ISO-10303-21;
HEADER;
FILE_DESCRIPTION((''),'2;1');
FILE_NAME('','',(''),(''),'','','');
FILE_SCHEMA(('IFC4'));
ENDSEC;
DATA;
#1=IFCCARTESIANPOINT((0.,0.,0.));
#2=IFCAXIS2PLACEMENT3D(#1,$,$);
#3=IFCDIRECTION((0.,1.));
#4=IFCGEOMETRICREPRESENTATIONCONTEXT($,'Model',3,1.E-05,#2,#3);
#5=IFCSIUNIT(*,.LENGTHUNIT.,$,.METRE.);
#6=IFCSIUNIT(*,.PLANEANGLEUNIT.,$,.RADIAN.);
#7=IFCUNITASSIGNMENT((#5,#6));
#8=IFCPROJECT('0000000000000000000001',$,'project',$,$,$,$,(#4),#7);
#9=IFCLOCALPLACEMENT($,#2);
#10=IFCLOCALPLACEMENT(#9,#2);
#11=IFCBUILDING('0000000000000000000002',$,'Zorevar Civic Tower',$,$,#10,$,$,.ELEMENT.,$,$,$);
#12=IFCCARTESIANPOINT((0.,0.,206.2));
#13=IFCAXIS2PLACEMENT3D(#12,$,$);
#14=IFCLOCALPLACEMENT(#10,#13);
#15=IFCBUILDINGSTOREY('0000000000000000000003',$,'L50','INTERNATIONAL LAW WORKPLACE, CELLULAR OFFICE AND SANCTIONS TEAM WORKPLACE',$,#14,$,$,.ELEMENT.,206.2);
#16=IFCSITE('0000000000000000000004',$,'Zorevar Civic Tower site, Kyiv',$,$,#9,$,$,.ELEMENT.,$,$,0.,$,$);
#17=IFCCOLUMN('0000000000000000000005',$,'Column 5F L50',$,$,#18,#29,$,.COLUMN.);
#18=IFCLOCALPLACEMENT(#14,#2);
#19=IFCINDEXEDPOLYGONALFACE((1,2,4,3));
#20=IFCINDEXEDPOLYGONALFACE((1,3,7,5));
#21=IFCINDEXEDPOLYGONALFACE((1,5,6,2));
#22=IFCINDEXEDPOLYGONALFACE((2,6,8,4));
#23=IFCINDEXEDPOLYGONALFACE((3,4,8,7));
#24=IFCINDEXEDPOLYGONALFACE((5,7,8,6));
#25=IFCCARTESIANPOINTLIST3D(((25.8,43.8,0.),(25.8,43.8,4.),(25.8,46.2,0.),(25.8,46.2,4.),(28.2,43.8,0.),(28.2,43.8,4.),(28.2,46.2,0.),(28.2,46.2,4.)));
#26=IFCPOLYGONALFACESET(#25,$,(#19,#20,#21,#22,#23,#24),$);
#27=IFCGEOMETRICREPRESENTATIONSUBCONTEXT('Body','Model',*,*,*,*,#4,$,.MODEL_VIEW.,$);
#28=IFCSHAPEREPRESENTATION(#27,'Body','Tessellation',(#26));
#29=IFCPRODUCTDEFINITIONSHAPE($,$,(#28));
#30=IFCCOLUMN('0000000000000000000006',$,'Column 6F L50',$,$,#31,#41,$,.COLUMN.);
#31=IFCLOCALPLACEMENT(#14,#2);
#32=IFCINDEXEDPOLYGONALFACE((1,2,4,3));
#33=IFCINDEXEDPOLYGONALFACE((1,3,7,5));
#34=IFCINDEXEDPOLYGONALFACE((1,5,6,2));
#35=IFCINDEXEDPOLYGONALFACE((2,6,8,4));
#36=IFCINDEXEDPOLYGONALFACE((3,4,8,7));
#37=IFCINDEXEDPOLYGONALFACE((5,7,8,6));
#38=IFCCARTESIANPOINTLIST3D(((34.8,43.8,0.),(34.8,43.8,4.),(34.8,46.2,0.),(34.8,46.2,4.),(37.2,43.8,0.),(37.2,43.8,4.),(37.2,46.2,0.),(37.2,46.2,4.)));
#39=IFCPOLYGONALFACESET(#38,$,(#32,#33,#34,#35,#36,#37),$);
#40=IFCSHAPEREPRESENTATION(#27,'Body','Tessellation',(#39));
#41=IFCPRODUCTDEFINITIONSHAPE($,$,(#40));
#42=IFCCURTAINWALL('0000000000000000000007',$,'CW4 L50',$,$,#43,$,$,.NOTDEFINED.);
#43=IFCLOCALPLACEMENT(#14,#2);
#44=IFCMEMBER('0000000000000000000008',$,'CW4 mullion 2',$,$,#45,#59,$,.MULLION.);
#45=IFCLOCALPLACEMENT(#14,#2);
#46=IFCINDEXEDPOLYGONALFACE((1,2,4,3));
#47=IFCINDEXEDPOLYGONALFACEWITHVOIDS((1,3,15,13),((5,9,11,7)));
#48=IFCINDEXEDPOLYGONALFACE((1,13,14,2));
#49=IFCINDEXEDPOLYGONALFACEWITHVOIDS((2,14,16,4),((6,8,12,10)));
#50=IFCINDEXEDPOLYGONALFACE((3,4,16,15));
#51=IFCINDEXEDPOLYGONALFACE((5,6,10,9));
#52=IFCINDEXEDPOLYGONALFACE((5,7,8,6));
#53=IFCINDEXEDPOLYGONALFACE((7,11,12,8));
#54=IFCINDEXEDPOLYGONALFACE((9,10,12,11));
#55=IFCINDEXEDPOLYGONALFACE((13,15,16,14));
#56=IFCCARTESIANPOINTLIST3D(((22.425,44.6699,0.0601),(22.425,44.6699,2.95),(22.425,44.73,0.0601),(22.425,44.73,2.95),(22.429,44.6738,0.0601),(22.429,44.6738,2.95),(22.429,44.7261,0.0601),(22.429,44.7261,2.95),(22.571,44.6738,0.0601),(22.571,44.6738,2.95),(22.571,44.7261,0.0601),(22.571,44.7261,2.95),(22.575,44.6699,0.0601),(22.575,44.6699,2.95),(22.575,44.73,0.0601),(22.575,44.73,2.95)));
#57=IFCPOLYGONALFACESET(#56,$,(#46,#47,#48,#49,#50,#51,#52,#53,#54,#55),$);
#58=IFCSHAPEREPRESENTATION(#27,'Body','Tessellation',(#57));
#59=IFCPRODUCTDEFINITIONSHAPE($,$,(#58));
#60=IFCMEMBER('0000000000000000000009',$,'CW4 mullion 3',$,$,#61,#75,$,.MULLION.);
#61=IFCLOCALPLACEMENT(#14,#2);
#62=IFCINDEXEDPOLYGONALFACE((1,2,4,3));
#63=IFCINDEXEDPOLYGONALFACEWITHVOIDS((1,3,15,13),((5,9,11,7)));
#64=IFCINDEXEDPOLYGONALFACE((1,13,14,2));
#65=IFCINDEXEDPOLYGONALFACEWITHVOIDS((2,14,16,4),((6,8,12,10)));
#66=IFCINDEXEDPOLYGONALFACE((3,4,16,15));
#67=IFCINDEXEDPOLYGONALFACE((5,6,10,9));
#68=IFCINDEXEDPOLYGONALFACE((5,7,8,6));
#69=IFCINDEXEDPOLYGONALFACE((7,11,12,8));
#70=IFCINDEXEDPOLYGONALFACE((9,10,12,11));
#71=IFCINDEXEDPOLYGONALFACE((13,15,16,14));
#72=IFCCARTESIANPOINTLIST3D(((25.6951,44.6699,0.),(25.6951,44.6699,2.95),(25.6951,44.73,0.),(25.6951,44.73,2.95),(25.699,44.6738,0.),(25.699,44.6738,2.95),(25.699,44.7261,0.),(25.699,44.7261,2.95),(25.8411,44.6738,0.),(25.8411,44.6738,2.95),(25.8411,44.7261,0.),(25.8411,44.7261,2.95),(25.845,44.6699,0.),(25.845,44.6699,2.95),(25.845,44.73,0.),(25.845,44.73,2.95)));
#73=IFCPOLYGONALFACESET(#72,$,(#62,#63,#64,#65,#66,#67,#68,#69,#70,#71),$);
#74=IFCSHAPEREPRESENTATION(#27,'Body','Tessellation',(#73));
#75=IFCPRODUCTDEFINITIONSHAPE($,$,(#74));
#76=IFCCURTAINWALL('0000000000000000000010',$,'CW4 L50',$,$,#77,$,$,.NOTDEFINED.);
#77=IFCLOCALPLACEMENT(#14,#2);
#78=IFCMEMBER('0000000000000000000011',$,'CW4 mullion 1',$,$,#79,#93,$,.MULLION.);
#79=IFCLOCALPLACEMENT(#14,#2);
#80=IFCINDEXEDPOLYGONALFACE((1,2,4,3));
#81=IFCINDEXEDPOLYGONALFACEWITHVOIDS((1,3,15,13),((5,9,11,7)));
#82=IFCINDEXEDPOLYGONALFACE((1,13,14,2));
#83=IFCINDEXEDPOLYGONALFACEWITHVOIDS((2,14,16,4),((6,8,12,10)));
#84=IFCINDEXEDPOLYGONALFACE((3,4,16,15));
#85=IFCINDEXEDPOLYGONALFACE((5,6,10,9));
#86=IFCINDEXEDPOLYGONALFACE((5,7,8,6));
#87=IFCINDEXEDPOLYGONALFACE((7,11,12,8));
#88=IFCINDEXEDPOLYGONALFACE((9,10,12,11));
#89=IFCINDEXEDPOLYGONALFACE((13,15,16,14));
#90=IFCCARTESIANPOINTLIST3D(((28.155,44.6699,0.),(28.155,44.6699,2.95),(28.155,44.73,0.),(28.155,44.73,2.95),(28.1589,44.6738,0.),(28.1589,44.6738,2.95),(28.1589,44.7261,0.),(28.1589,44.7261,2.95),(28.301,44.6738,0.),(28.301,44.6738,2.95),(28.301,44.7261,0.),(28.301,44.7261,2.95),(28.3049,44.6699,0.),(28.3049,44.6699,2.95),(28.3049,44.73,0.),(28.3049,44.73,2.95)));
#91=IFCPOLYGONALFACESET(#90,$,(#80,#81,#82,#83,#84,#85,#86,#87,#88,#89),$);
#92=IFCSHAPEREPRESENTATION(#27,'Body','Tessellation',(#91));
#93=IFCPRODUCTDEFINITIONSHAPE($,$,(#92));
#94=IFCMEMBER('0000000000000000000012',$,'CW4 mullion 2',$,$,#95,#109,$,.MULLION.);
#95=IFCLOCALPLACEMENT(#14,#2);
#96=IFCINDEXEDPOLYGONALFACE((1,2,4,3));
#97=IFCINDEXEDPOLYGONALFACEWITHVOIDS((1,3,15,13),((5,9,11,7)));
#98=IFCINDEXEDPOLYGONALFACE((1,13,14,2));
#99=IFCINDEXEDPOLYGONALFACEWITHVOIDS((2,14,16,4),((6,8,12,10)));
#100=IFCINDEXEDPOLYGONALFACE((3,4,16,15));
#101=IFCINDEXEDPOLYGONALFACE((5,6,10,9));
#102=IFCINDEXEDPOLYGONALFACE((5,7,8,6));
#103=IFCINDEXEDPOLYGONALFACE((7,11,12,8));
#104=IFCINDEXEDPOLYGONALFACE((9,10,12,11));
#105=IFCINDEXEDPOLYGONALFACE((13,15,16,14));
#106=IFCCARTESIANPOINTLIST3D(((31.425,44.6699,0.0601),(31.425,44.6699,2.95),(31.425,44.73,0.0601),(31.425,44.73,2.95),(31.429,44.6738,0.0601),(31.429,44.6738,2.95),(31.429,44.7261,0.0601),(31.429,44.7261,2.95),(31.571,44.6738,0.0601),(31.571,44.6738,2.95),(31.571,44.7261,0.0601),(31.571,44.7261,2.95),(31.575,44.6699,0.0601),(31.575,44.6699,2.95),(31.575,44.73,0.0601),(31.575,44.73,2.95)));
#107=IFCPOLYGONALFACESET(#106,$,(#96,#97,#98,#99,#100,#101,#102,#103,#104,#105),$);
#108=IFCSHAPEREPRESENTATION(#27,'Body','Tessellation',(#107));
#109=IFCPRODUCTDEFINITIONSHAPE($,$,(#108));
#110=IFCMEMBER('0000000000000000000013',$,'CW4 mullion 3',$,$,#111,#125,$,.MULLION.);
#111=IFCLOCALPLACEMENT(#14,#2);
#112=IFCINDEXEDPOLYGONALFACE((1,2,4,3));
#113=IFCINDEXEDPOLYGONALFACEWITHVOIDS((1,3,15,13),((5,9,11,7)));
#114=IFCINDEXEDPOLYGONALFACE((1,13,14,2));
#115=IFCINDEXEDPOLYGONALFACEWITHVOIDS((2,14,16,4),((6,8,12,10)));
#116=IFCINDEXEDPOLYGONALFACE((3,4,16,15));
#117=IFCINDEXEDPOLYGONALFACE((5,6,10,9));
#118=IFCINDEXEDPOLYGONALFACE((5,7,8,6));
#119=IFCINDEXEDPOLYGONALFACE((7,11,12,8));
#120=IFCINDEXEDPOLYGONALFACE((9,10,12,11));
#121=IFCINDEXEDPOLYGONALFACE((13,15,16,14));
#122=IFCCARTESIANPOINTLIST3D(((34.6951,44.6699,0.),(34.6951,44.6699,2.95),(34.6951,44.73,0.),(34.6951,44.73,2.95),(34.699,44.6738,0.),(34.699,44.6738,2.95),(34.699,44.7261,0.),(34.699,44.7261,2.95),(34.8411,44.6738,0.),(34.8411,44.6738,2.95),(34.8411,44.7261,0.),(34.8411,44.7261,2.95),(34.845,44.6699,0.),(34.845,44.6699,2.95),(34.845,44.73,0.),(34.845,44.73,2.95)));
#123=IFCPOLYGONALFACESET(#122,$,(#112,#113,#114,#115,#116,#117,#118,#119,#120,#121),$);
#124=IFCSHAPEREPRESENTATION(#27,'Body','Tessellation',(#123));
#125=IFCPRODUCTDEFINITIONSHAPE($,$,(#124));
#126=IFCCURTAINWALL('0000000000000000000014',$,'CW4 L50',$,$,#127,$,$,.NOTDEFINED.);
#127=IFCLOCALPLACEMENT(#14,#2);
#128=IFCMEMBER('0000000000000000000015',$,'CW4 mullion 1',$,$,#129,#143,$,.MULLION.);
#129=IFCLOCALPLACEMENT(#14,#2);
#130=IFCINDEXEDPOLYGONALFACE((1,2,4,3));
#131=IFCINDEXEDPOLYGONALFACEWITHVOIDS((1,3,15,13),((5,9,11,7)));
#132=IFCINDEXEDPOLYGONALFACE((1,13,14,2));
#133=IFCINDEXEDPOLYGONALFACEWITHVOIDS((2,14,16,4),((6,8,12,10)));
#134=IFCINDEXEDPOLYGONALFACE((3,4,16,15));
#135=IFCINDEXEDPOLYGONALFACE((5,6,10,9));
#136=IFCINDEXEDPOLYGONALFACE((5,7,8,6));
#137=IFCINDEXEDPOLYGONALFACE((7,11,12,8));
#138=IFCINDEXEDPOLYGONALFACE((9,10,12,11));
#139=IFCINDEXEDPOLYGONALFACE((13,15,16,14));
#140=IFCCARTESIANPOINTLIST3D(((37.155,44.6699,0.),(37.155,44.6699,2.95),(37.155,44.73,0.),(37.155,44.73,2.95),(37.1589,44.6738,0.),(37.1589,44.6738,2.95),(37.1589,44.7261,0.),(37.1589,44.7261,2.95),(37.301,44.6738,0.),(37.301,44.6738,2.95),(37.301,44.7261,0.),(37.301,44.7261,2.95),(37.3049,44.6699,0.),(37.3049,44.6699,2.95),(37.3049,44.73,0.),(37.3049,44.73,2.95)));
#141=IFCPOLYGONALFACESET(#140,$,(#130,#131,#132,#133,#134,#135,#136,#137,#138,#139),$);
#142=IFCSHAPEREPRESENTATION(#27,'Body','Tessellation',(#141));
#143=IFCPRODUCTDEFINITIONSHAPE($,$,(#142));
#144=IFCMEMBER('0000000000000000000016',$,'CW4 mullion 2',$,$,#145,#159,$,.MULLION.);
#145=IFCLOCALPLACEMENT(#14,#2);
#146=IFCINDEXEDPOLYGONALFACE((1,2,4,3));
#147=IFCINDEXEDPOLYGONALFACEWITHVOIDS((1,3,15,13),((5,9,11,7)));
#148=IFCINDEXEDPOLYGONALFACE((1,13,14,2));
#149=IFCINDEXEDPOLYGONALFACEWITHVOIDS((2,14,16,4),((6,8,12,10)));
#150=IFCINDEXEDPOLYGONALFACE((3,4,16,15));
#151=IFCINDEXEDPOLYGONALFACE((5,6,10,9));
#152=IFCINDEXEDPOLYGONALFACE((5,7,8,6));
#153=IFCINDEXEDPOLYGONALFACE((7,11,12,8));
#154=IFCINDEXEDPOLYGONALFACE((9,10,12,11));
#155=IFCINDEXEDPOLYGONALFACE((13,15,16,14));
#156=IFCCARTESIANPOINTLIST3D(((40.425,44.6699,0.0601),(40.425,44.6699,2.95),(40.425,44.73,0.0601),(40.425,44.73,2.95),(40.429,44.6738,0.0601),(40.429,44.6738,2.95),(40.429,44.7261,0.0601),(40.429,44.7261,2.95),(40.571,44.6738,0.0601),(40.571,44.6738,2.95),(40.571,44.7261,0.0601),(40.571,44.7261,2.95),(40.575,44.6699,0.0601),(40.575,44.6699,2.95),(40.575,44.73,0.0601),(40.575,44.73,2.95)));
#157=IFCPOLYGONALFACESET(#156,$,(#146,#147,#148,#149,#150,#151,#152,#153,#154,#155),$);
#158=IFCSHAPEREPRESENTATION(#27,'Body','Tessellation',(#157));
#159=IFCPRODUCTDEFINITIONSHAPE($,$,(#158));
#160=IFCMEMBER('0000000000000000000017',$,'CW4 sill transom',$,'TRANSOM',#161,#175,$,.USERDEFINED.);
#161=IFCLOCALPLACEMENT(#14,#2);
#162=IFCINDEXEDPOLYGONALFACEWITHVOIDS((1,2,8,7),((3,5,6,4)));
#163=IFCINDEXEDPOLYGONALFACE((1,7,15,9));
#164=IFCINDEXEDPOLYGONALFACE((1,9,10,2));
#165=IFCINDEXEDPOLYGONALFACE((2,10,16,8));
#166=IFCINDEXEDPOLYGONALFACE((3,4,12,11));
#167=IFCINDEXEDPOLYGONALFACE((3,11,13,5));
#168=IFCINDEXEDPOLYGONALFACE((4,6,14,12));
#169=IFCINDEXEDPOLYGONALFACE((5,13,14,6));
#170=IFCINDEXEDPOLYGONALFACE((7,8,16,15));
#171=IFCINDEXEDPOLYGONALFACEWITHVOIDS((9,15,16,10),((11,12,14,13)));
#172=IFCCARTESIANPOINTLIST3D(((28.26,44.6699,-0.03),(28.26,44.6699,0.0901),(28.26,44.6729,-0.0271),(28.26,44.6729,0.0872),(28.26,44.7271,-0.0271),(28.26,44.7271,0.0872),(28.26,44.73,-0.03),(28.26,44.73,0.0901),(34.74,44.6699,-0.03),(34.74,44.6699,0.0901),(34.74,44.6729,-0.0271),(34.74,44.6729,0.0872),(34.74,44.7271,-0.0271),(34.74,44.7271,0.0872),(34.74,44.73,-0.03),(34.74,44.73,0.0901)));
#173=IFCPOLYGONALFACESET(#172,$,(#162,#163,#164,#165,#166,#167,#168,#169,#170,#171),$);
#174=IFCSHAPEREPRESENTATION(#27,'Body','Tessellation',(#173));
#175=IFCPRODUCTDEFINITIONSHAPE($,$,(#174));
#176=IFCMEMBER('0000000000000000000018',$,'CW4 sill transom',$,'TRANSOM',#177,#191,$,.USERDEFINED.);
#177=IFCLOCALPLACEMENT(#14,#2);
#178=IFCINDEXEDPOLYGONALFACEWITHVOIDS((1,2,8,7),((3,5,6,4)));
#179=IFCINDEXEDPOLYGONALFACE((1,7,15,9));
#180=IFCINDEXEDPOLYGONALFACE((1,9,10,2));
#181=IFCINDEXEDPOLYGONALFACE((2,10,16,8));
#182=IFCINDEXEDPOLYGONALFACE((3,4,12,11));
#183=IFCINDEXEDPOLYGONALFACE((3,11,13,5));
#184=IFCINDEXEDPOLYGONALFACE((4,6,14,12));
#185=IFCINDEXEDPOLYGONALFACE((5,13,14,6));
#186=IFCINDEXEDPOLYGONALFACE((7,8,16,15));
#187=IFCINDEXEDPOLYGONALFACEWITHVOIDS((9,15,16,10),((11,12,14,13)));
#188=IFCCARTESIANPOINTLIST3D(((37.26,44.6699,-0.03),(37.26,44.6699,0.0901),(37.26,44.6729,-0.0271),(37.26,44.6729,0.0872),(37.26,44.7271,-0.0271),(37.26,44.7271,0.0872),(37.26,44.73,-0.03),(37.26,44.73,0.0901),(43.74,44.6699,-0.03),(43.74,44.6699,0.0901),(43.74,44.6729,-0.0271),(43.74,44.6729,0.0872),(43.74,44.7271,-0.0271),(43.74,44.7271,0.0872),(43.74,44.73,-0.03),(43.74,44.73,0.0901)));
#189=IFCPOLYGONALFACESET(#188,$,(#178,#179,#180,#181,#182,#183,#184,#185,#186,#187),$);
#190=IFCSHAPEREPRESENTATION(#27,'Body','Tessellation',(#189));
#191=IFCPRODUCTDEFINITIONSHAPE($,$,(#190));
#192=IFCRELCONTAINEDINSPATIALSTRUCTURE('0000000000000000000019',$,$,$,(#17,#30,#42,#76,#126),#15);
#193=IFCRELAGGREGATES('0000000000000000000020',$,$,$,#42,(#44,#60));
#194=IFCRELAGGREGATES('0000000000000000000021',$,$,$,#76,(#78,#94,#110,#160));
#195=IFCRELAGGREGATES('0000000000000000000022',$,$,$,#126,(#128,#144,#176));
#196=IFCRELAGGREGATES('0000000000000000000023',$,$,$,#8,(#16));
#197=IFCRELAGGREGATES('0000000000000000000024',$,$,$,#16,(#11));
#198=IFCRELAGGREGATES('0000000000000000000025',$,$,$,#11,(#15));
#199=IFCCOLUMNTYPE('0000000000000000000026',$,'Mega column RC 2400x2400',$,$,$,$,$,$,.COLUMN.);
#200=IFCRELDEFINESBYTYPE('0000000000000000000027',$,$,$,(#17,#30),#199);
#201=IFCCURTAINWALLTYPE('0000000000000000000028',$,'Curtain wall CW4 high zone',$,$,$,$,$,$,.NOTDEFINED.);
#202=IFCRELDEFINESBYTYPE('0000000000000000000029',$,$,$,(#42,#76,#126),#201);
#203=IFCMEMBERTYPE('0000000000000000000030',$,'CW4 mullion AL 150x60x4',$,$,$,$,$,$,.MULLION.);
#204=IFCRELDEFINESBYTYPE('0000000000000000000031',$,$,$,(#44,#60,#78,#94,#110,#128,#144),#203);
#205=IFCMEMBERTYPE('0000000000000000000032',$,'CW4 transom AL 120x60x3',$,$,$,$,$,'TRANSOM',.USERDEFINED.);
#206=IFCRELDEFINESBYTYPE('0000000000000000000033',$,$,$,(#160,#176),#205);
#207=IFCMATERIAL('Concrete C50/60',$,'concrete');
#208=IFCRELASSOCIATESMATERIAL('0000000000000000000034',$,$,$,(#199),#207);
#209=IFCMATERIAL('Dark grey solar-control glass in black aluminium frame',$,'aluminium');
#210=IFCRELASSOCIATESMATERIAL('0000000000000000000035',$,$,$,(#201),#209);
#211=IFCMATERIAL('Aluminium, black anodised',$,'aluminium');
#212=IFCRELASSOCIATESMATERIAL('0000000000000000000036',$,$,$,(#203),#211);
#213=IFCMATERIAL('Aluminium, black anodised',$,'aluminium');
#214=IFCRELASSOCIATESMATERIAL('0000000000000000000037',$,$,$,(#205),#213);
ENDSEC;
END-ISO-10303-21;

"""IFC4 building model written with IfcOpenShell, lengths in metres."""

from ifc_helpers import new_model, si_unit, direction, frame, origin, origin_2d, place, context, subcontext, project, spatial, rectangle, hollow_rectangle, extrude, material, material_profile, profile_set, type_object, element, aggregate, save


model = new_model("IFC4")

# Units and contexts
model_context = context("Model", 3, precision=1e-05, world=origin(), true_north=direction((0.0, 1.0)))
body_context = subcontext(model_context, "Body", "Model", "MODEL_VIEW")
ifc_project = project(units=[si_unit("LENGTHUNIT", "METRE"), si_unit("PLANEANGLEUNIT", "RADIAN")], contexts=[model_context])

# Site, building, storey
site_placement = place(None, origin())
site = spatial("IfcSite", under=ifc_project, at=site_placement, Name="Zorevar Civic Tower site, Kyiv", CompositionType="ELEMENT", RefElevation=0.0)
building_placement = place(site_placement, origin())
building = spatial("IfcBuilding", under=site, at=building_placement, Name="Zorevar Civic Tower", CompositionType="ELEMENT")
storey_placement = place(building_placement, frame((0.0, 0.0, 206.2)))
storey = spatial("IfcBuildingStorey", under=building, at=storey_placement, Name="L50", Description="INTERNATIONAL LAW WORKPLACE, CELLULAR OFFICE AND SANCTIONS TEAM WORKPLACE", CompositionType="ELEMENT", Elevation=206.2)

# Columns
ifc_material_1 = material(Name="Concrete C50/60", Category="concrete")
ifc_material_profile_1 = material_profile(ifc_material_1, rectangle(XDim=2.3999, YDim=2.3999, at=origin_2d()), Name="RC 2400x2400")
ifc_profile_set_1 = profile_set([ifc_material_profile_1], Name="Concrete C50/60")
column_type = type_object("IfcColumnType", Name="Mega column RC 2400x2400", PredefinedType="COLUMN", material=ifc_profile_set_1)
for number, where, z_axis, x_axis, name in (
    (1, (27.0, 45.0, 0.0), (0.0, 0.0, 1.0), (1.0, 0.0, 0.0), "Column 5F L50"),
    (2, (36.0, 45.0, 0.0), (0.0, 0.0, 1.0), (1.0, 0.0, 0.0), "Column 6F L50"),
):
    element("IfcColumn", number, at=place(storey_placement, frame(where, z_axis=z_axis, x_axis=x_axis)), inside=storey, type_object=column_type, Name=name, PredefinedType="COLUMN", context=body_context, shape_type="SweptSolid", body=[
        extrude(rectangle(XDim=2.3999, YDim=2.3999, at=origin_2d()), origin(), (0.0, 0.0, 1.0), 4.0),
    ])

# Curtain walls, members
ifc_material_2 = material(Name="Dark grey solar-control glass in black aluminium frame", Category="aluminium")
curtain_wall_type = type_object("IfcCurtainWallType", Name="Curtain wall CW4 high zone", PredefinedType="NOTDEFINED", material=ifc_material_2)
curtain_wall_1_placement = place(storey_placement, origin())
curtain_wall_1 = element("IfcCurtainWall", 3, at=curtain_wall_1_placement, inside=storey, type_object=curtain_wall_type, Name="CW4 L50", PredefinedType="NOTDEFINED")
ifc_material_3 = material(Name="Aluminium, black anodised", Category="aluminium")
ifc_material_profile_2 = material_profile(ifc_material_3, hollow_rectangle(XDim=0.0601, YDim=0.1499, WallThickness=0.0039, at=origin_2d()), Name="AL 150x60x4")
ifc_profile_set_2 = profile_set([ifc_material_profile_2], Name="Aluminium, black anodised")
member_type_1 = type_object("IfcMemberType", Name="CW4 mullion AL 150x60x4", PredefinedType="MULLION", material=ifc_profile_set_2)
member_1_placement = place(storey_placement, frame((22.5, 44.7, 0.0601), z_axis=(0.0, 0.0, 1.0), x_axis=(0.0, 1.0, 0.0)))
member_1 = element("IfcMember", 4, at=member_1_placement, type_object=member_type_1, Name="CW4 mullion 2", PredefinedType="MULLION", context=body_context, shape_type="SweptSolid", body=[
    extrude(hollow_rectangle(XDim=0.0601, YDim=0.1499, WallThickness=0.0039, at=origin_2d()), origin(), (0.0, 0.0, 1.0), 2.8899),
])
member_2_placement = place(storey_placement, frame((25.77, 44.7, 0.0), z_axis=(0.0, 0.0, 1.0), x_axis=(0.0, 1.0, 0.0)))
member_2 = element("IfcMember", 5, at=member_2_placement, type_object=member_type_1, Name="CW4 mullion 3", PredefinedType="MULLION", context=body_context, shape_type="SweptSolid", body=[
    extrude(hollow_rectangle(XDim=0.0601, YDim=0.1499, WallThickness=0.0039, at=origin_2d()), origin(), (0.0, 0.0, 1.0), 2.95),
])
curtain_wall_2_placement = place(storey_placement, origin())
curtain_wall_2 = element("IfcCurtainWall", 6, at=curtain_wall_2_placement, inside=storey, type_object=curtain_wall_type, Name="CW4 L50", PredefinedType="NOTDEFINED")
member_3_placement = place(storey_placement, frame((28.23, 44.7, 0.0), z_axis=(0.0, 0.0, 1.0), x_axis=(0.0, 1.0, 0.0)))
member_3 = element("IfcMember", 7, at=member_3_placement, type_object=member_type_1, Name="CW4 mullion 1", PredefinedType="MULLION", context=body_context, shape_type="SweptSolid", body=[
    extrude(hollow_rectangle(XDim=0.0601, YDim=0.1499, WallThickness=0.0039, at=origin_2d()), origin(), (0.0, 0.0, 1.0), 2.95),
])
member_4_placement = place(storey_placement, frame((31.5, 44.7, 0.0601), z_axis=(0.0, 0.0, 1.0), x_axis=(0.0, 1.0, 0.0)))
member_4 = element("IfcMember", 8, at=member_4_placement, type_object=member_type_1, Name="CW4 mullion 2", PredefinedType="MULLION", context=body_context, shape_type="SweptSolid", body=[
    extrude(hollow_rectangle(XDim=0.0601, YDim=0.1499, WallThickness=0.0039, at=origin_2d()), origin(), (0.0, 0.0, 1.0), 2.8899),
])
member_5_placement = place(storey_placement, frame((34.77, 44.7, 0.0), z_axis=(0.0, 0.0, 1.0), x_axis=(0.0, 1.0, 0.0)))
member_5 = element("IfcMember", 9, at=member_5_placement, type_object=member_type_1, Name="CW4 mullion 3", PredefinedType="MULLION", context=body_context, shape_type="SweptSolid", body=[
    extrude(hollow_rectangle(XDim=0.0601, YDim=0.1499, WallThickness=0.0039, at=origin_2d()), origin(), (0.0, 0.0, 1.0), 2.95),
])
curtain_wall_3_placement = place(storey_placement, origin())
curtain_wall_3 = element("IfcCurtainWall", 10, at=curtain_wall_3_placement, inside=storey, type_object=curtain_wall_type, Name="CW4 L50", PredefinedType="NOTDEFINED")
member_6_placement = place(storey_placement, frame((37.23, 44.7, 0.0), z_axis=(0.0, 0.0, 1.0), x_axis=(0.0, 1.0, 0.0)))
member_6 = element("IfcMember", 11, at=member_6_placement, type_object=member_type_1, Name="CW4 mullion 1", PredefinedType="MULLION", context=body_context, shape_type="SweptSolid", body=[
    extrude(hollow_rectangle(XDim=0.0601, YDim=0.1499, WallThickness=0.0039, at=origin_2d()), origin(), (0.0, 0.0, 1.0), 2.95),
])
member_7_placement = place(storey_placement, frame((40.5, 44.7, 0.0601), z_axis=(0.0, 0.0, 1.0), x_axis=(0.0, 1.0, 0.0)))
member_7 = element("IfcMember", 12, at=member_7_placement, type_object=member_type_1, Name="CW4 mullion 2", PredefinedType="MULLION", context=body_context, shape_type="SweptSolid", body=[
    extrude(hollow_rectangle(XDim=0.0601, YDim=0.1499, WallThickness=0.0039, at=origin_2d()), origin(), (0.0, 0.0, 1.0), 2.8899),
])

# Members
ifc_material_4 = material(Name="Aluminium, black anodised", Category="aluminium")
ifc_material_profile_3 = material_profile(ifc_material_4, hollow_rectangle(XDim=0.0601, YDim=0.1201, WallThickness=0.0029, at=origin_2d()), Name="AL 120x60x3")
ifc_profile_set_3 = profile_set([ifc_material_profile_3], Name="Aluminium, black anodised")
member_type_2 = type_object("IfcMemberType", Name="CW4 transom AL 120x60x3", ElementType="TRANSOM", PredefinedType="USERDEFINED", material=ifc_profile_set_3)
member_8_placement = place(storey_placement, frame((28.26, 44.7, 0.03), z_axis=(1.0, 0.0, 0.0), x_axis=(0.0, 1.0, 0.0)))
member_8 = element("IfcMember", 13, at=member_8_placement, type_object=member_type_2, Name="CW4 sill transom", ObjectType="TRANSOM", PredefinedType="USERDEFINED", context=body_context, shape_type="SweptSolid", body=[
    extrude(hollow_rectangle(XDim=0.0601, YDim=0.1201, WallThickness=0.0029, at=origin_2d()), origin(), (0.0, 0.0, 1.0), 6.48),
])
member_9_placement = place(storey_placement, frame((37.26, 44.7, 0.03), z_axis=(1.0, 0.0, 0.0), x_axis=(0.0, 1.0, 0.0)))
member_9 = element("IfcMember", 14, at=member_9_placement, type_object=member_type_2, Name="CW4 sill transom", ObjectType="TRANSOM", PredefinedType="USERDEFINED", context=body_context, shape_type="SweptSolid", body=[
    extrude(hollow_rectangle(XDim=0.0601, YDim=0.1201, WallThickness=0.0029, at=origin_2d()), origin(), (0.0, 0.0, 1.0), 6.48),
])

aggregate(curtain_wall_1, [member_1, member_2])
aggregate(curtain_wall_2, [member_3, member_4, member_5, member_8])
aggregate(curtain_wall_3, [member_6, member_7, member_9])

save(model, "model.ifc")
